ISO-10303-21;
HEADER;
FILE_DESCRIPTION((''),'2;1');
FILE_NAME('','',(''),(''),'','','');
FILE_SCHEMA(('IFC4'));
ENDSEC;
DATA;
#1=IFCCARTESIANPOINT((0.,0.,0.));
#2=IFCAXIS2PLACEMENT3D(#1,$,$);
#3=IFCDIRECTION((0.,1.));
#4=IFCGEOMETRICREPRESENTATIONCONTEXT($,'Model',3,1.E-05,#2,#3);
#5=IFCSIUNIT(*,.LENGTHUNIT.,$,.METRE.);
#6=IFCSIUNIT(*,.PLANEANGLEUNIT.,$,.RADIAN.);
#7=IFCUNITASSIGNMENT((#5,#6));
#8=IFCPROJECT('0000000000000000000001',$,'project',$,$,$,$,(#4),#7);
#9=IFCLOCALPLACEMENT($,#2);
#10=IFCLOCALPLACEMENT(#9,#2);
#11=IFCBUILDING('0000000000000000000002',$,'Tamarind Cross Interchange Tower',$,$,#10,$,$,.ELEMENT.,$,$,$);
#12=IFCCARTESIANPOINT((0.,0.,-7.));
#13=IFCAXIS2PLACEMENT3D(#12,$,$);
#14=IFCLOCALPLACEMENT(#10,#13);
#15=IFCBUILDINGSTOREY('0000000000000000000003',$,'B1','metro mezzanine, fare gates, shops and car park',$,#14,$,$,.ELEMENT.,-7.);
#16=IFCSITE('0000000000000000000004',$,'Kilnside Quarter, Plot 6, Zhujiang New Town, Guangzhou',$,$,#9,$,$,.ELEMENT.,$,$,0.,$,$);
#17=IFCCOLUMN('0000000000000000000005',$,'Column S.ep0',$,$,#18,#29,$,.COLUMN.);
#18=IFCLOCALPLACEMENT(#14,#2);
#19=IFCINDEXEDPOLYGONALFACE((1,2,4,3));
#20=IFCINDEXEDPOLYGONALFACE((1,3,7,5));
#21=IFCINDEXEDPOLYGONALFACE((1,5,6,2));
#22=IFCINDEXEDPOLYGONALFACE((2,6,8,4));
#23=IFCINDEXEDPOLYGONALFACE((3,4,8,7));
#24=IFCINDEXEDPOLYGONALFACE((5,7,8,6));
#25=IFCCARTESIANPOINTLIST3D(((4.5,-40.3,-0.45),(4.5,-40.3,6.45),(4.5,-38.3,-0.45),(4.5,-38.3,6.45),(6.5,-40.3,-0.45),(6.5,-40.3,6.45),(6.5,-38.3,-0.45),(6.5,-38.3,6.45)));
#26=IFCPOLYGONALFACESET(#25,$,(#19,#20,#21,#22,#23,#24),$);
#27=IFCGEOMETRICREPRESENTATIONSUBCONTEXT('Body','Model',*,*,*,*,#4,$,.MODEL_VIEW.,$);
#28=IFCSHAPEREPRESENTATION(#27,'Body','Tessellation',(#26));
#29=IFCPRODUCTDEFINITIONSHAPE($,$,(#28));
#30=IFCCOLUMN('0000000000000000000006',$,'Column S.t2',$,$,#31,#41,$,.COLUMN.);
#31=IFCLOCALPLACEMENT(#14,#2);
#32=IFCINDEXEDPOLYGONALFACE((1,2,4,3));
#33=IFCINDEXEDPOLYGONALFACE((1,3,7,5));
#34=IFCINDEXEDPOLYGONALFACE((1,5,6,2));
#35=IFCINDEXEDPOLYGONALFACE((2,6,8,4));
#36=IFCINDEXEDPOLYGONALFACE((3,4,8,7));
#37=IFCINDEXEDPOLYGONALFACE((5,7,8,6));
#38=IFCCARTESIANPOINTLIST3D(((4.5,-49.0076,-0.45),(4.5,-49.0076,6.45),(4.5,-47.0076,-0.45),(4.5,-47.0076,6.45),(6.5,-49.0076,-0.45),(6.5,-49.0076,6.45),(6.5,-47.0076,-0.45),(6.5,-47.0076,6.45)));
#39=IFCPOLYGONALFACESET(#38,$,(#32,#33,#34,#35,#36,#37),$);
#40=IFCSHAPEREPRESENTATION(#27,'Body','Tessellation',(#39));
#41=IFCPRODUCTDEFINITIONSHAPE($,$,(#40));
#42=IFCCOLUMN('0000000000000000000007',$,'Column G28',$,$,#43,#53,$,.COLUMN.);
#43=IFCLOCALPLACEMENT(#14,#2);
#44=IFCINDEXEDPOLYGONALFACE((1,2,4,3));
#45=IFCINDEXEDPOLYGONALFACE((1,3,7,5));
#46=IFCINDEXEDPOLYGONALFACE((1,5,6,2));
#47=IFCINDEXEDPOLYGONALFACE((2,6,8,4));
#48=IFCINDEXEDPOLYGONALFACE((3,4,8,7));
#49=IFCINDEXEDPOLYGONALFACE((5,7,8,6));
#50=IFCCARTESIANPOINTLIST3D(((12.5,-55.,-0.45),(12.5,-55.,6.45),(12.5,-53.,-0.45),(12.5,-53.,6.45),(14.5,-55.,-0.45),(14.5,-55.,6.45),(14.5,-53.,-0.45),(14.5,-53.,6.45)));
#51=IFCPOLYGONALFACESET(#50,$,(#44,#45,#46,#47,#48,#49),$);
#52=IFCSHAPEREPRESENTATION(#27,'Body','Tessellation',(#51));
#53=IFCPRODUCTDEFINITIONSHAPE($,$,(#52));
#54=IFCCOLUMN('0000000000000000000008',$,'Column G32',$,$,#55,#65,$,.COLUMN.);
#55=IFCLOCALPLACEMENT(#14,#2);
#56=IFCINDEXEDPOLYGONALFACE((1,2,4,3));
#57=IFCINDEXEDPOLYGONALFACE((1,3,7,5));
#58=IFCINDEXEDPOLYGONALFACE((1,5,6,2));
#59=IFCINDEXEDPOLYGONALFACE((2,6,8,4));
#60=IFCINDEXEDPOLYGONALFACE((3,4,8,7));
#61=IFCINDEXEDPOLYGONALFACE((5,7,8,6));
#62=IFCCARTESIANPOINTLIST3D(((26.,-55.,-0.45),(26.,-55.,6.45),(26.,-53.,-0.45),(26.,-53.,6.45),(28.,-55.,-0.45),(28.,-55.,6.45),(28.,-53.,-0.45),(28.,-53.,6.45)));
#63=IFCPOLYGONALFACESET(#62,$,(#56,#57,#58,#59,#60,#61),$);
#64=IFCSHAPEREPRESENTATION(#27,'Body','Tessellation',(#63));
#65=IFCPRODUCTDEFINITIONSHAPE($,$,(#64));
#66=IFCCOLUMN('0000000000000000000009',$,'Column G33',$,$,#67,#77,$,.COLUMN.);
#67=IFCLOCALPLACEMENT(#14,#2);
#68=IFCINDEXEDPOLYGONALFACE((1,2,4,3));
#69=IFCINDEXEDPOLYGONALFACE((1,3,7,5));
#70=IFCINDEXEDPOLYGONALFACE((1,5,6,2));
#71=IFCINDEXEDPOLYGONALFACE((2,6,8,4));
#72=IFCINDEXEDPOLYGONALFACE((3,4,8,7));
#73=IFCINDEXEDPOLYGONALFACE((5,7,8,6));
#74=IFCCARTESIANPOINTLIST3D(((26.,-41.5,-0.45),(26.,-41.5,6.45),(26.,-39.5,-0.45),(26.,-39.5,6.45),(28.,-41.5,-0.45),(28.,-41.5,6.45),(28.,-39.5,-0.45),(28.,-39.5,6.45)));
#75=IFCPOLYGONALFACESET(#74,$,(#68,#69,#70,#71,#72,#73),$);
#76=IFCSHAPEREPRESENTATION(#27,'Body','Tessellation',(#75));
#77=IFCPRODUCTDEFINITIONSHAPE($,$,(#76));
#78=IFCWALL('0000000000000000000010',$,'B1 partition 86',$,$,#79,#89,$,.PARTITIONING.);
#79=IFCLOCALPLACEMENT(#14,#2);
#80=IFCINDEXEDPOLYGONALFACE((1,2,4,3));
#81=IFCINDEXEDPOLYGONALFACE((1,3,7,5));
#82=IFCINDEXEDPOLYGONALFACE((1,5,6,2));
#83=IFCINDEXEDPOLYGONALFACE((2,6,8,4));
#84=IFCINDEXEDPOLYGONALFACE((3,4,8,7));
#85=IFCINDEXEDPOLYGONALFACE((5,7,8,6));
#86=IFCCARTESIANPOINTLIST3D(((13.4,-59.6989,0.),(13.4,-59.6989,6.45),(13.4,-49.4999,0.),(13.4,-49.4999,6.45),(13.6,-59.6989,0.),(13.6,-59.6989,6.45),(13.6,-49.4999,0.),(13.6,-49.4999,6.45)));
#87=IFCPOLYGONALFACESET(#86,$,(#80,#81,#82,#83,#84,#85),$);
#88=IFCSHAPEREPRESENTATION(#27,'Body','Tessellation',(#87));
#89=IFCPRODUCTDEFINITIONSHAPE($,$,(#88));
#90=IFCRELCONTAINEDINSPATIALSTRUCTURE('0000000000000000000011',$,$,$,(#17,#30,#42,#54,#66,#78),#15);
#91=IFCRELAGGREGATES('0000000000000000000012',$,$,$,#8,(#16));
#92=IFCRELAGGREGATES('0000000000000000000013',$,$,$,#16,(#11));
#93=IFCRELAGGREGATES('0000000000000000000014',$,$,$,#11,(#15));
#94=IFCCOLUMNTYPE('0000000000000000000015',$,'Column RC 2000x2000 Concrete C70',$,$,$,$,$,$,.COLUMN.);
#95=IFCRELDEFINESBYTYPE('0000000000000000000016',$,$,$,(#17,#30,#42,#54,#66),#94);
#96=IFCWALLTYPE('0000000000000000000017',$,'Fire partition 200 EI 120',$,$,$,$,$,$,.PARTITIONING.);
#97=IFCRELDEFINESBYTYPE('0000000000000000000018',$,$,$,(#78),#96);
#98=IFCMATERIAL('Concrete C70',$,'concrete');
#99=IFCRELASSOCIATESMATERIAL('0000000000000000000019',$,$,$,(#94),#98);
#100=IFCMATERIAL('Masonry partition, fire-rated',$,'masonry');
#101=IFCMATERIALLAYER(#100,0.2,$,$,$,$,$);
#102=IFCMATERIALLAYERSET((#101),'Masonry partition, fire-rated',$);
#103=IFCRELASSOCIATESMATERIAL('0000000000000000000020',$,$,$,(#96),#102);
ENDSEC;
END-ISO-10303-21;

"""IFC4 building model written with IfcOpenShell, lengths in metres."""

from ifc_helpers import new_model, si_unit, direction, frame, frame_2d, origin, origin_2d, place, context, subcontext, project, spatial, rectangle, extrude, material, layer, layer_set, material_profile, profile_set, type_object, element, save


model = new_model("IFC4")

# Units and contexts
model_context = context("Model", 3, precision=1e-05, world=origin(), true_north=direction((0.0, 1.0)))
body_context = subcontext(model_context, "Body", "Model", "MODEL_VIEW")
ifc_project = project(units=[si_unit("LENGTHUNIT", "METRE"), si_unit("PLANEANGLEUNIT", "RADIAN")], contexts=[model_context])

# Site, building, storey
site_placement = place(None, origin())
site = spatial("IfcSite", under=ifc_project, at=site_placement, Name="Kilnside Quarter, Plot 6, Zhujiang New Town, Guangzhou", CompositionType="ELEMENT", RefElevation=0.0)
building_placement = place(site_placement, origin())
building = spatial("IfcBuilding", under=site, at=building_placement, Name="Tamarind Cross Interchange Tower", CompositionType="ELEMENT")
storey_placement = place(building_placement, frame((0.0, 0.0, -7.0)))
storey = spatial("IfcBuildingStorey", under=building, at=storey_placement, Name="B1", Description="metro mezzanine, fare gates, shops and car park", CompositionType="ELEMENT", Elevation=-7.0)

# Columns
ifc_material_1 = material(Name="Concrete C70", Category="concrete")
ifc_material_profile = material_profile(ifc_material_1, rectangle(XDim=2.0, YDim=2.0, at=origin_2d()), Name="RC 2000x2000")
ifc_profile_set = profile_set([ifc_material_profile], Name="Concrete C70")
column_type = type_object("IfcColumnType", Name="Column RC 2000x2000 Concrete C70", PredefinedType="COLUMN", material=ifc_profile_set)
for number, where, z_axis, x_axis, name in (
    (1, (5.5, -39.3, -0.45), (0.0, 0.0, 1.0), (1.0, 0.0, 0.0), "Column S.ep0"),
    (2, (5.5, -48.0076, -0.45), (0.0, 0.0, 1.0), (1.0, 0.0, 0.0), "Column S.t2"),
    (3, (13.5, -54.0, -0.45), (0.0, 0.0, 1.0), (1.0, 0.0, 0.0), "Column G28"),
    (4, (27.0, -54.0, -0.45), (0.0, 0.0, 1.0), (1.0, 0.0, 0.0), "Column G32"),
    (5, (27.0, -40.5, -0.45), (0.0, 0.0, 1.0), (1.0, 0.0, 0.0), "Column G33"),
):
    element("IfcColumn", number, at=place(storey_placement, frame(where, z_axis=z_axis, x_axis=x_axis)), inside=storey, type_object=column_type, Name=name, PredefinedType="COLUMN", context=body_context, shape_type="SweptSolid", body=[
        extrude(rectangle(XDim=2.0, YDim=2.0, at=origin_2d()), origin(), (0.0, 0.0, 1.0), 6.8999),
    ])

# Wall
ifc_material_2 = material(Name="Masonry partition, fire-rated", Category="masonry")
ifc_layer_1 = layer(ifc_material_2, 0.2)
ifc_layer_set_1 = layer_set([ifc_layer_1], Name="Masonry partition, fire-rated")
wall_type_1 = type_object("IfcWallType", Name="Fire partition 200 EI 120", PredefinedType="PARTITIONING", material=ifc_layer_set_1)
wall_1_placement = place(storey_placement, frame((13.5, -59.699, 0.0), z_axis=(0.0, 0.0, 1.0), x_axis=(0.0, 1.0, 0.0)))
element("IfcWall", 6, at=wall_1_placement, inside=storey, type_object=wall_type_1, Name="B1 partition 86", PredefinedType="PARTITIONING", context=body_context, shape_type="SweptSolid", body=[
    extrude(rectangle(XDim=10.199, YDim=0.2, at=frame_2d((5.0996, 0.0))), origin(), (0.0, 0.0, 1.0), 6.45),
])

save(model, "model.ifc")
